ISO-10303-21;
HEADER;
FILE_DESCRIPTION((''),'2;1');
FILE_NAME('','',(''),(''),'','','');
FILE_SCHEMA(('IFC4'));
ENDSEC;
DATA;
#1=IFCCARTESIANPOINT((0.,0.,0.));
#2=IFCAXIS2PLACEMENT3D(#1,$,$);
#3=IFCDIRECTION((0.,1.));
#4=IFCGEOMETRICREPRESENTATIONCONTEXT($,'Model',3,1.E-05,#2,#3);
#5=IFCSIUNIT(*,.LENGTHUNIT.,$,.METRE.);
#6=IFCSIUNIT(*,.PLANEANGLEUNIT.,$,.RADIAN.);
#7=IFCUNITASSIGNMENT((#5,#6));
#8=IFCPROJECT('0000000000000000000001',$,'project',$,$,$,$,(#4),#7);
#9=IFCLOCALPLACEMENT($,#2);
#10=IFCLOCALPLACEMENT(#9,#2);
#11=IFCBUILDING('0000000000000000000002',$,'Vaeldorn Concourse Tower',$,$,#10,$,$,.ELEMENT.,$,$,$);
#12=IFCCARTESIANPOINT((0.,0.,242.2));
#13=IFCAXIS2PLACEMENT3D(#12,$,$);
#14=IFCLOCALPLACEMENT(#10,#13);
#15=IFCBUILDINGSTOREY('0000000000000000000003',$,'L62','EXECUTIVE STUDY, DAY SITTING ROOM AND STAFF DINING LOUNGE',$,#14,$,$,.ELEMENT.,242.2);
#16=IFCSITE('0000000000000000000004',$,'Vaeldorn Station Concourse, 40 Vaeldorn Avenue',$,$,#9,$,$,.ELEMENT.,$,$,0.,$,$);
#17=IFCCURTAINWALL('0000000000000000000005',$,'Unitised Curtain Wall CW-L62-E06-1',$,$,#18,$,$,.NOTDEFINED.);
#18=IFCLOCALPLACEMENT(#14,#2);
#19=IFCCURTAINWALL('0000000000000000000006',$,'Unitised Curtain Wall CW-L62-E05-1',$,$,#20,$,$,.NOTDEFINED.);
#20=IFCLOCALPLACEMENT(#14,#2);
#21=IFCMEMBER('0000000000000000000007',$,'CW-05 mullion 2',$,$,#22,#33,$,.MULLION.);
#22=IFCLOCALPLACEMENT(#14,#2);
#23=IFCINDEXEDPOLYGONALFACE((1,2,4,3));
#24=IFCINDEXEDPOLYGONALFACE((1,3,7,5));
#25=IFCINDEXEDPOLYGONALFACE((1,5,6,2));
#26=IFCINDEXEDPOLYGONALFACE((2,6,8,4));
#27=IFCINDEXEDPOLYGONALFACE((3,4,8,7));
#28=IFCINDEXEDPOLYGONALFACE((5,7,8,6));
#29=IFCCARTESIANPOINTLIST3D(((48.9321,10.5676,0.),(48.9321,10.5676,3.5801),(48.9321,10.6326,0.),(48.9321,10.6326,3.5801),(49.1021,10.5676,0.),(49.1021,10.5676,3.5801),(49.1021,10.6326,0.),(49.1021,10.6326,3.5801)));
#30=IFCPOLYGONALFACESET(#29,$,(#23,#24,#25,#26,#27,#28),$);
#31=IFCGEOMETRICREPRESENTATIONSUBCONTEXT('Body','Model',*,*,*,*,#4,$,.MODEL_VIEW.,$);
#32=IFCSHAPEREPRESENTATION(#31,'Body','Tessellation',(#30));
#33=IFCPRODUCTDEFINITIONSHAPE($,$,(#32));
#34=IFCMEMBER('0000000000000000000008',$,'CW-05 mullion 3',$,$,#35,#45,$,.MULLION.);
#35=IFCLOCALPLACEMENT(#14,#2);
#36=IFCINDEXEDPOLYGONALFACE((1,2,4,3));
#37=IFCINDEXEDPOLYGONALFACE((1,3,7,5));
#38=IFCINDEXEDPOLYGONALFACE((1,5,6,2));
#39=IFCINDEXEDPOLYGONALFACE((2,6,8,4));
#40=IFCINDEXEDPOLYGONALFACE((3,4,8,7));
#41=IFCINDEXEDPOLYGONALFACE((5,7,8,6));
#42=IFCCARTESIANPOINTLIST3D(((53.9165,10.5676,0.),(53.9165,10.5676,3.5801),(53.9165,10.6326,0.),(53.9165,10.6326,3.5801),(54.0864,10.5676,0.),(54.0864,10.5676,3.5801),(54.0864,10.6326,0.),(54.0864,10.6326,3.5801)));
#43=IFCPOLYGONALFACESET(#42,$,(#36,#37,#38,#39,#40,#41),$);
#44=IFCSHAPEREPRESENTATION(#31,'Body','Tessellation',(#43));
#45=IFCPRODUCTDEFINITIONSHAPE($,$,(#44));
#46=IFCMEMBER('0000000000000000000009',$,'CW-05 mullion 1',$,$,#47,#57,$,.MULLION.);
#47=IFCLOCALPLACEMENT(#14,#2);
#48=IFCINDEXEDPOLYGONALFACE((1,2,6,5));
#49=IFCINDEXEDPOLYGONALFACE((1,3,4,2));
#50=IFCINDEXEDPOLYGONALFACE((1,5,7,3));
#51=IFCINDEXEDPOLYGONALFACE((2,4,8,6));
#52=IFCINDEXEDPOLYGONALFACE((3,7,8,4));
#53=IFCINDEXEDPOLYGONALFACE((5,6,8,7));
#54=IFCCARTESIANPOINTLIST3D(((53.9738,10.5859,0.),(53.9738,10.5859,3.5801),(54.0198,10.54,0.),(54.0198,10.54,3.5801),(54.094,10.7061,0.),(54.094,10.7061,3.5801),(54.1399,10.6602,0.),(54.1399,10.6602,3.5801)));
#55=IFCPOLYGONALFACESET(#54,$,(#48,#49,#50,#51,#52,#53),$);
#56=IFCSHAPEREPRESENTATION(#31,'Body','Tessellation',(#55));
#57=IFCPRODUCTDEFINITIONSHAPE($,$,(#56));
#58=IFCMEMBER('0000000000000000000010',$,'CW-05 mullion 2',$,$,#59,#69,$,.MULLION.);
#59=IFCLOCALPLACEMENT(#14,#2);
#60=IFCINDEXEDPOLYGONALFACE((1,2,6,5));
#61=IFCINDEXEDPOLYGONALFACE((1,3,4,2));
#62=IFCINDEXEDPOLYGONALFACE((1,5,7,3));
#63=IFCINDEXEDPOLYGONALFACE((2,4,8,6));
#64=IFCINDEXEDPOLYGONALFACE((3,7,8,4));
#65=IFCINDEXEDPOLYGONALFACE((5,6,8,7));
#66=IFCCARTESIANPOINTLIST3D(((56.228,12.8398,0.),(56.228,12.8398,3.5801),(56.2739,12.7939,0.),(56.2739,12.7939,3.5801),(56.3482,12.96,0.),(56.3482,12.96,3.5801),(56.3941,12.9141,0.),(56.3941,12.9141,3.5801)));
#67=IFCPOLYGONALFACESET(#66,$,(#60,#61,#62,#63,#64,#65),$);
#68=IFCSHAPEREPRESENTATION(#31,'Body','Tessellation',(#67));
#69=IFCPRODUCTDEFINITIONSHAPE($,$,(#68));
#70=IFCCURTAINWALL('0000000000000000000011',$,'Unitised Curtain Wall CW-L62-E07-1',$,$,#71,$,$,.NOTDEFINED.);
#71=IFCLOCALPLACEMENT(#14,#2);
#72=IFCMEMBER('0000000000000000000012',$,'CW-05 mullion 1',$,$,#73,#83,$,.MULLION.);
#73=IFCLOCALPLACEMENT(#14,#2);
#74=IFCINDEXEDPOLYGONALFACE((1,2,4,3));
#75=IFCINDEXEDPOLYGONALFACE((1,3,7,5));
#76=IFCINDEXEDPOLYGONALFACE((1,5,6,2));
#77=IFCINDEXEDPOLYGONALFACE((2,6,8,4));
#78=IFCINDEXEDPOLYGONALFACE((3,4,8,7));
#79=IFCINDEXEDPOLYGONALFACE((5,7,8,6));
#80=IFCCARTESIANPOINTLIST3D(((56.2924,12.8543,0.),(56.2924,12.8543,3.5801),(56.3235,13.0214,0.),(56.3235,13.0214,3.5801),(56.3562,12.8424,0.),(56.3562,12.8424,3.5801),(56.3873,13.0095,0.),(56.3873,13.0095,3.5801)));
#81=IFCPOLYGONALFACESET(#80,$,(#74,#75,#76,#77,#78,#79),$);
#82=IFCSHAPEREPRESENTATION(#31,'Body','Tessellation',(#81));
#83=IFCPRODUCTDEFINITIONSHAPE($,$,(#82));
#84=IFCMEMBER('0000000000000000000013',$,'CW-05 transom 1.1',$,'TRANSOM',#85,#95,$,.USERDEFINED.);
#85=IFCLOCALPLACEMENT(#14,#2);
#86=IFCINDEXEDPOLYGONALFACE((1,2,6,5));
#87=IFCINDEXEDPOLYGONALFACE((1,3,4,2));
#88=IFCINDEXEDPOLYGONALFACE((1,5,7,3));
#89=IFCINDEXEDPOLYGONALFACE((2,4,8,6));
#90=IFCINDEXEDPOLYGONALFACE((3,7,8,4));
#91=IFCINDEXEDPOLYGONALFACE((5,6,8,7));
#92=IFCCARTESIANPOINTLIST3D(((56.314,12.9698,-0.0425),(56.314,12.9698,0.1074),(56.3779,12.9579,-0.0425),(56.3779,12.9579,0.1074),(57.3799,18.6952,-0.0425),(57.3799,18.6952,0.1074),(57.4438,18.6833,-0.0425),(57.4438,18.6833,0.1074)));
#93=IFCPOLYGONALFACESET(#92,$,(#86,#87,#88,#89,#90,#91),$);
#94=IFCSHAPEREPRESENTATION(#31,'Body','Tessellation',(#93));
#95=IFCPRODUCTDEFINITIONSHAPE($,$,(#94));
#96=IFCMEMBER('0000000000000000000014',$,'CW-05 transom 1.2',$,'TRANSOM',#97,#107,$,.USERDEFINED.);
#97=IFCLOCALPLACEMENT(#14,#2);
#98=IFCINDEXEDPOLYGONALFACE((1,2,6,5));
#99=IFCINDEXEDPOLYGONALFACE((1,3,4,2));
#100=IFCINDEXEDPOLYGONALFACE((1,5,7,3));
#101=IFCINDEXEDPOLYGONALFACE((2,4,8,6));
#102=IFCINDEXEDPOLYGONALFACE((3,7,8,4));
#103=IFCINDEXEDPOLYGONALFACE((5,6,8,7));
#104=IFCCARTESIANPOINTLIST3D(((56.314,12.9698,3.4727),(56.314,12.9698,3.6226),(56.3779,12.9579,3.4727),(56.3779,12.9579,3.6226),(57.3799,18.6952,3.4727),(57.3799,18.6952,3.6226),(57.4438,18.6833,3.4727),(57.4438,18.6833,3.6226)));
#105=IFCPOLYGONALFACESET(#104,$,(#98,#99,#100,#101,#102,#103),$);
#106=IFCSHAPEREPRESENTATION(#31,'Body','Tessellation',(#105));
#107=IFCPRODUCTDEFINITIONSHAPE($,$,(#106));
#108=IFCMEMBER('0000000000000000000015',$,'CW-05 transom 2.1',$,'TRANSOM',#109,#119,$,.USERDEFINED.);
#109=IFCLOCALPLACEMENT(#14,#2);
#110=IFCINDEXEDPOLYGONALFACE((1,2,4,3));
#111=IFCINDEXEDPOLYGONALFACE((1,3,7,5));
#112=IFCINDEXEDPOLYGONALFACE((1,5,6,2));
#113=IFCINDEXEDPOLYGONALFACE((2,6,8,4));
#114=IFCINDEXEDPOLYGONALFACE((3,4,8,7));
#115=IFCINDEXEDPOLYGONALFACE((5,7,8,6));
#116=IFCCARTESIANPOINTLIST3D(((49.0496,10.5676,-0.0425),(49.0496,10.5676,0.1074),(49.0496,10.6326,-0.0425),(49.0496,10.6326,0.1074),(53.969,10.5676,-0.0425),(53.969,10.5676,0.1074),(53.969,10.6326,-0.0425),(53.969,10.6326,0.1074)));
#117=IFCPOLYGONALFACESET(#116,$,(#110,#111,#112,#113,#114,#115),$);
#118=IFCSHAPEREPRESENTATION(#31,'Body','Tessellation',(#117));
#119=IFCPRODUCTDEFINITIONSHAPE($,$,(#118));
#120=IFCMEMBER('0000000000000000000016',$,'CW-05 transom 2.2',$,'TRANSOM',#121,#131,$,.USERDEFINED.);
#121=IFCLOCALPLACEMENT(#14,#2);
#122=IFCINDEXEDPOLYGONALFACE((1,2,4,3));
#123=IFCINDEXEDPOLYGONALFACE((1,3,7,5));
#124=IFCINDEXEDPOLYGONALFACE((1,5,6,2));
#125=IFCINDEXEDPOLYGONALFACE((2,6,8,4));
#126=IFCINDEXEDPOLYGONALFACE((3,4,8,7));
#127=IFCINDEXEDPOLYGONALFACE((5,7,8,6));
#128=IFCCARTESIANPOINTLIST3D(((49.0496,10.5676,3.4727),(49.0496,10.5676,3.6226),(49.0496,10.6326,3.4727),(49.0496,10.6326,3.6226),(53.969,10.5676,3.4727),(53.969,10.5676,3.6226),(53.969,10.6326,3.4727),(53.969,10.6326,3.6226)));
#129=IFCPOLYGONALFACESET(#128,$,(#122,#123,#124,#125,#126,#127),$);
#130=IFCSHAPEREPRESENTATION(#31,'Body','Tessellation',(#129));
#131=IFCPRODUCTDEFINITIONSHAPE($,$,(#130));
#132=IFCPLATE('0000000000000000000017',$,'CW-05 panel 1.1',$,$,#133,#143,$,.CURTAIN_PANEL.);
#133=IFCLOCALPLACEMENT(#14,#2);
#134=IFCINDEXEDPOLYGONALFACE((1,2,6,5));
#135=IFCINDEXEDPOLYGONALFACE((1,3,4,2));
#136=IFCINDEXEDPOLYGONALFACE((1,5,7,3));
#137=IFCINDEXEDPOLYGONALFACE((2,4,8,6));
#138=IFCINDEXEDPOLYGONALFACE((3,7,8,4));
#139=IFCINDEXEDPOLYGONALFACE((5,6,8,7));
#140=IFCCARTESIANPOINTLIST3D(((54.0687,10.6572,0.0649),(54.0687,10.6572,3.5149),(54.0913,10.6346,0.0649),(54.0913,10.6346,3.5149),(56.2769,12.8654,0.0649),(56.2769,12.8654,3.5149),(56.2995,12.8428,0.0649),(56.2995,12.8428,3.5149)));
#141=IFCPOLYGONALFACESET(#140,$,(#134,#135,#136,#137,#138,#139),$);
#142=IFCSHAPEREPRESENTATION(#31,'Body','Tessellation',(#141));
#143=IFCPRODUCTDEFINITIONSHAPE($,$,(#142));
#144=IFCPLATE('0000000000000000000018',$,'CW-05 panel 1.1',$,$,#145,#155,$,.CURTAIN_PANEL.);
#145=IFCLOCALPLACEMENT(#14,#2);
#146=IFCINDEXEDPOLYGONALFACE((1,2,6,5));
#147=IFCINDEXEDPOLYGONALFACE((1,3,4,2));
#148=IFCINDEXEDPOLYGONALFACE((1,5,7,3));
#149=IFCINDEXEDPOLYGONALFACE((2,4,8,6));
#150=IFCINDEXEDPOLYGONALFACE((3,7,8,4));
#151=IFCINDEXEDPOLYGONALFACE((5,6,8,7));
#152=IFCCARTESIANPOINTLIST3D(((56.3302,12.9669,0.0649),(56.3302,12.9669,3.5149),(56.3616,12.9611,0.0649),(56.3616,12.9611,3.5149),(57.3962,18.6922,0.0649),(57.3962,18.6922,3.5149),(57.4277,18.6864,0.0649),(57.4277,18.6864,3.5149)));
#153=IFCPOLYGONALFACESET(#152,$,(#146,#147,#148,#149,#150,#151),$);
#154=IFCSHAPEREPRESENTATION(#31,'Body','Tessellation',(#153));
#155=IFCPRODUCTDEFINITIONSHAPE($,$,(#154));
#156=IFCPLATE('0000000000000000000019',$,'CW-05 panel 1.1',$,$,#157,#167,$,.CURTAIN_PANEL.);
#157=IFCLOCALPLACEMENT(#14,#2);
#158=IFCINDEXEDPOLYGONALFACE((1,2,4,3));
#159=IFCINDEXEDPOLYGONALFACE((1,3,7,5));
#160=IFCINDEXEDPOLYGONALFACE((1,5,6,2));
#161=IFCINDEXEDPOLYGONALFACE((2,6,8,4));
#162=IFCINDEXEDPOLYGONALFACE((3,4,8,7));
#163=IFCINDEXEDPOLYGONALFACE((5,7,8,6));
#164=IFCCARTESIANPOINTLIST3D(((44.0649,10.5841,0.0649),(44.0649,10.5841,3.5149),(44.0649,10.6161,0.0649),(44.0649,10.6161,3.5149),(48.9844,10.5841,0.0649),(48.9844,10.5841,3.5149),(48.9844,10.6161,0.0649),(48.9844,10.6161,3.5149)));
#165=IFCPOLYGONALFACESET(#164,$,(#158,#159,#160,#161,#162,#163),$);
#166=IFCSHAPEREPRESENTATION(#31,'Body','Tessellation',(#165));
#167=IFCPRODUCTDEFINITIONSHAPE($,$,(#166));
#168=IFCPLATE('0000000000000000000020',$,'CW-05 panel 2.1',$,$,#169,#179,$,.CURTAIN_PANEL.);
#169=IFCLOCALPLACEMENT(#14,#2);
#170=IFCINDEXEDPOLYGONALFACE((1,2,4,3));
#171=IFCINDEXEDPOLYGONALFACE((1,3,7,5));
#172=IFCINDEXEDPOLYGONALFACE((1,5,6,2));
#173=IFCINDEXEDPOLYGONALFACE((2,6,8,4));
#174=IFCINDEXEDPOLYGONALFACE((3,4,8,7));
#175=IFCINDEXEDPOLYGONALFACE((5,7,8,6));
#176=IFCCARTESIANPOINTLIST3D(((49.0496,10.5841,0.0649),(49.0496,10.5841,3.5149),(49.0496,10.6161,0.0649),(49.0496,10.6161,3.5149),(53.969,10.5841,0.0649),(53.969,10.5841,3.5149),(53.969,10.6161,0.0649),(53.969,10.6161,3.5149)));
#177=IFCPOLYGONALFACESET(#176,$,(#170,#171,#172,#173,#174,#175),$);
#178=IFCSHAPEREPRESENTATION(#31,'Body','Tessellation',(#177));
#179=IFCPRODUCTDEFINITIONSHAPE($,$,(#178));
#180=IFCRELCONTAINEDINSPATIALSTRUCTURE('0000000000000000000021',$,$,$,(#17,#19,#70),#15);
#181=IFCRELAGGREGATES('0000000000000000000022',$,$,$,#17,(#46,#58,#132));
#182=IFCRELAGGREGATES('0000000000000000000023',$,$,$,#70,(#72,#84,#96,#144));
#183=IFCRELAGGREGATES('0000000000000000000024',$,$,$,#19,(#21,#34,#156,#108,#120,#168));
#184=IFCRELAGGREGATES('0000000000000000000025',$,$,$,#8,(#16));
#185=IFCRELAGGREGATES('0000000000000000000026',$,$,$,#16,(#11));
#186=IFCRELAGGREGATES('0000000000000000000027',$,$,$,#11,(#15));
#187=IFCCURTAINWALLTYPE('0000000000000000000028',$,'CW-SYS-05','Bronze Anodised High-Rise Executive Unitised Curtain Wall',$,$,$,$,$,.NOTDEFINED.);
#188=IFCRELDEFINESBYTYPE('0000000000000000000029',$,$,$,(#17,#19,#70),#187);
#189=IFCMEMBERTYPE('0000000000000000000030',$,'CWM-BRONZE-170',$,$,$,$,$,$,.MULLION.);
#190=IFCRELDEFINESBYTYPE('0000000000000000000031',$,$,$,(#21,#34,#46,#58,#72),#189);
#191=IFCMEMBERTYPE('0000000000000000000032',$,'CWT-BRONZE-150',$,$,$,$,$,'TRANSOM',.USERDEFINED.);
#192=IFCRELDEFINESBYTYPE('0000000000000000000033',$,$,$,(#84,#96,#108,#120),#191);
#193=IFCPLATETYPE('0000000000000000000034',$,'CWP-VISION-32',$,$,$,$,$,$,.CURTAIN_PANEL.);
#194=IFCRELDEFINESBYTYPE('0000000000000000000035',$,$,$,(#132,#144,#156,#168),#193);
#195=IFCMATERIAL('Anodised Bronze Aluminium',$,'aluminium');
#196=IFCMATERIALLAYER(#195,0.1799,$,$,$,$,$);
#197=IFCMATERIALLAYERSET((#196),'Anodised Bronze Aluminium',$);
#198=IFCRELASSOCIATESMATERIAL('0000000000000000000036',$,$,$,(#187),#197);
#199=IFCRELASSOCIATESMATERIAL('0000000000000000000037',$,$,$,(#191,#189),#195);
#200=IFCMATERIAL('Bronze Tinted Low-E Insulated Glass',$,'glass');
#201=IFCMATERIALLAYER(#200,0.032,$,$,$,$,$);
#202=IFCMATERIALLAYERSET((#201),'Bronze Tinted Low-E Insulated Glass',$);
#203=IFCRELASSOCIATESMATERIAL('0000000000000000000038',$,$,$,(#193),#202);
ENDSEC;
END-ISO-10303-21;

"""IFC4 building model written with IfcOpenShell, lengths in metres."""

from ifc_helpers import new_model, si_unit, direction, frame, origin, origin_2d, place, context, subcontext, project, spatial, rectangle, extrude, source, transform, mapped, material, layer, layer_set, material_profile, profile_set, type_object, element, aggregate, save


model = new_model("IFC4")

# Units and contexts
model_context = context("Model", 3, precision=1e-05, world=origin(), true_north=direction((0.0, 1.0)))
body_context = subcontext(model_context, "Body", "Model", "MODEL_VIEW")
ifc_project = project(units=[si_unit("LENGTHUNIT", "METRE"), si_unit("PLANEANGLEUNIT", "RADIAN")], contexts=[model_context])

# Site, building, storey
site_placement = place(None, origin())
site = spatial("IfcSite", under=ifc_project, at=site_placement, Name="Vaeldorn Station Concourse, 40 Vaeldorn Avenue", CompositionType="ELEMENT", RefElevation=0.0)
building_placement = place(site_placement, origin())
building = spatial("IfcBuilding", under=site, at=building_placement, Name="Vaeldorn Concourse Tower", CompositionType="ELEMENT")
storey_placement = place(building_placement, frame((0.0, 0.0, 242.2)))
storey = spatial("IfcBuildingStorey", under=building, at=storey_placement, Name="L62", Description="EXECUTIVE STUDY, DAY SITTING ROOM AND STAFF DINING LOUNGE", CompositionType="ELEMENT", Elevation=242.2)

# Curtain walls, members
ifc_material_1 = material(Name="Anodised Bronze Aluminium", Category="aluminium")
ifc_layer_1 = layer(ifc_material_1, 0.1799)
ifc_layer_set_1 = layer_set([ifc_layer_1], Name="Anodised Bronze Aluminium")
curtain_wall_type = type_object("IfcCurtainWallType", Name="CW-SYS-05", Description="Bronze Anodised High-Rise Executive Unitised Curtain Wall", PredefinedType="NOTDEFINED", material=ifc_layer_set_1)
curtain_wall_1_placement = place(storey_placement, origin())
curtain_wall_1 = element("IfcCurtainWall", 1, at=curtain_wall_1_placement, inside=storey, type_object=curtain_wall_type, Name="Unitised Curtain Wall CW-L62-E06-1", PredefinedType="NOTDEFINED")
ifc_material_profile_1 = material_profile(ifc_material_1, rectangle(XDim=0.0649, YDim=0.1499, at=origin_2d()), Name="CWT 65x150")
ifc_profile_set_1 = profile_set([ifc_material_profile_1], Name="Anodised Bronze Aluminium")
member_type_1 = type_object("IfcMemberType", Name="CWT-BRONZE-150", ElementType="TRANSOM", PredefinedType="USERDEFINED", material=ifc_profile_set_1)
curtain_wall_2_placement = place(storey_placement, origin())
curtain_wall_2 = element("IfcCurtainWall", 2, at=curtain_wall_2_placement, inside=storey, type_object=curtain_wall_type, Name="Unitised Curtain Wall CW-L62-E05-1", PredefinedType="NOTDEFINED")
ifc_material_profile_2 = material_profile(ifc_material_1, rectangle(XDim=0.0649, YDim=0.1699, at=origin_2d()), Name="CWM 65x170")
ifc_profile_set_2 = profile_set([ifc_material_profile_2], Name="Anodised Bronze Aluminium")
member_type_2 = type_object("IfcMemberType", Name="CWM-BRONZE-170", PredefinedType="MULLION", material=ifc_profile_set_2)
shared_shape_1 = source(origin(), body_context, "Body", "SweptSolid", [
    extrude(rectangle(XDim=0.0649, YDim=0.1699, at=origin_2d()), origin(), (0.0, 0.0, 1.0), 3.5801),
])
member_1_placement = place(storey_placement, frame((49.0171, 10.6001, 0.0), z_axis=(0.0, 0.0, 1.0), x_axis=(0.0, 1.0, 0.0)))
member_1 = element("IfcMember", 3, at=member_1_placement, type_object=member_type_2, Name="CW-05 mullion 2", PredefinedType="MULLION", context=body_context, shape_type="MappedRepresentation", body=[
    mapped(shared_shape_1, transform((0.0, 0.0, 0.0), scale=1.0)),
])
member_2_placement = place(storey_placement, frame((54.0015, 10.6001, 0.0), z_axis=(0.0, 0.0, 1.0), x_axis=(0.0, 1.0, 0.0)))
member_2 = element("IfcMember", 4, at=member_2_placement, type_object=member_type_2, Name="CW-05 mullion 3", PredefinedType="MULLION", context=body_context, shape_type="MappedRepresentation", body=[
    mapped(shared_shape_1, transform((0.0, 0.0, 0.0), scale=1.0)),
])

# Members
member_3_placement = place(storey_placement, frame((54.0569, 10.623, 0.0), z_axis=(0.0, 0.0, 1.0), x_axis=(-0.707107, 0.707107, 0.0)))
member_3 = element("IfcMember", 5, at=member_3_placement, type_object=member_type_2, Name="CW-05 mullion 1", PredefinedType="MULLION", context=body_context, shape_type="MappedRepresentation", body=[
    mapped(shared_shape_1, transform((0.0, 0.0, 0.0), scale=1.0)),
])
member_4_placement = place(storey_placement, frame((56.311, 12.877, 0.0), z_axis=(0.0, 0.0, 1.0), x_axis=(-0.707107, 0.707107, 0.0)))
member_4 = element("IfcMember", 6, at=member_4_placement, type_object=member_type_2, Name="CW-05 mullion 2", PredefinedType="MULLION", context=body_context, shape_type="MappedRepresentation", body=[
    mapped(shared_shape_1, transform((0.0, 0.0, 0.0), scale=1.0)),
])

# Curtain wall, members
curtain_wall_3_placement = place(storey_placement, origin())
curtain_wall_3 = element("IfcCurtainWall", 7, at=curtain_wall_3_placement, inside=storey, type_object=curtain_wall_type, Name="Unitised Curtain Wall CW-L62-E07-1", PredefinedType="NOTDEFINED")
member_5_placement = place(storey_placement, frame((56.3398, 12.9319, 0.0), z_axis=(0.0, 0.0, 1.0), x_axis=(-0.983103, 0.183055, 0.0)))
member_5 = element("IfcMember", 8, at=member_5_placement, type_object=member_type_2, Name="CW-05 mullion 1", PredefinedType="MULLION", context=body_context, shape_type="MappedRepresentation", body=[
    mapped(shared_shape_1, transform((0.0, 0.0, 0.0), scale=1.0)),
])
shared_shape_2 = source(origin(), body_context, "Body", "SweptSolid", [
    extrude(rectangle(XDim=0.0649, YDim=0.1499, at=origin_2d()), origin(), (0.0, 0.0, 1.0), 5.8237),
])
member_6_placement = place(storey_placement, frame((56.3459, 12.9639, 0.0325), z_axis=(0.18303, 0.983107, 0.0), x_axis=(-0.983107, 0.18303, 0.0)))
member_6 = element("IfcMember", 9, at=member_6_placement, type_object=member_type_1, Name="CW-05 transom 1.1", ObjectType="TRANSOM", PredefinedType="USERDEFINED", context=body_context, shape_type="MappedRepresentation", body=[
    mapped(shared_shape_2, transform((0.0, 0.0, 0.0), scale=1.0)),
])
member_7_placement = place(storey_placement, frame((56.3459, 12.9639, 3.5476), z_axis=(0.18303, 0.983107, 0.0), x_axis=(-0.983107, 0.18303, 0.0)))
member_7 = element("IfcMember", 10, at=member_7_placement, type_object=member_type_1, Name="CW-05 transom 1.2", ObjectType="TRANSOM", PredefinedType="USERDEFINED", context=body_context, shape_type="MappedRepresentation", body=[
    mapped(shared_shape_2, transform((0.0, 0.0, 0.0), scale=1.0)),
])

# Members
shared_shape_3 = source(origin(), body_context, "Body", "SweptSolid", [
    extrude(rectangle(XDim=0.0649, YDim=0.1499, at=origin_2d()), origin(), (0.0, 0.0, 1.0), 4.9194),
])
member_8_placement = place(storey_placement, frame((49.0496, 10.6001, 0.0325), z_axis=(1.0, 0.0, 0.0), x_axis=(0.0, 1.0, 0.0)))
member_8 = element("IfcMember", 11, at=member_8_placement, type_object=member_type_1, Name="CW-05 transom 2.1", ObjectType="TRANSOM", PredefinedType="USERDEFINED", context=body_context, shape_type="MappedRepresentation", body=[
    mapped(shared_shape_3, transform((0.0, 0.0, 0.0), scale=1.0)),
])
member_9_placement = place(storey_placement, frame((49.0496, 10.6001, 3.5476), z_axis=(1.0, 0.0, 0.0), x_axis=(0.0, 1.0, 0.0)))
member_9 = element("IfcMember", 12, at=member_9_placement, type_object=member_type_1, Name="CW-05 transom 2.2", ObjectType="TRANSOM", PredefinedType="USERDEFINED", context=body_context, shape_type="MappedRepresentation", body=[
    mapped(shared_shape_3, transform((0.0, 0.0, 0.0), scale=1.0)),
])

# Plates
ifc_material_2 = material(Name="Bronze Tinted Low-E Insulated Glass", Category="glass")
ifc_layer_2 = layer(ifc_material_2, 0.032)
ifc_layer_set_2 = layer_set([ifc_layer_2], Name="Bronze Tinted Low-E Insulated Glass")
plate_type = type_object("IfcPlateType", Name="CWP-VISION-32", PredefinedType="CURTAIN_PANEL", material=ifc_layer_set_2)
shared_shape_4 = source(origin(), body_context, "Body", "SweptSolid", [
    extrude(rectangle(XDim=3.1228, YDim=0.032, at=origin_2d()), origin(), (0.0, 0.0, 1.0), 3.45),
])
plate_1_placement = place(storey_placement, frame((55.1841, 11.75, 0.0649), z_axis=(0.0, 0.0, 1.0), x_axis=(0.707107, 0.707107, 0.0)))
plate_1 = element("IfcPlate", 13, at=plate_1_placement, type_object=plate_type, Name="CW-05 panel 1.1", PredefinedType="CURTAIN_PANEL", context=body_context, shape_type="MappedRepresentation", body=[
    mapped(shared_shape_4, transform((0.0, 0.0, 0.0), scale=1.0)),
])
aggregate(curtain_wall_1, [member_3, member_4, plate_1])
shared_shape_5 = source(origin(), body_context, "Body", "SweptSolid", [
    extrude(rectangle(XDim=5.8237, YDim=0.032, at=origin_2d()), origin(), (0.0, 0.0, 1.0), 3.45),
])
plate_2_placement = place(storey_placement, frame((56.8789, 15.8267, 0.0649), z_axis=(0.0, 0.0, 1.0), x_axis=(0.183055, 0.983103, 0.0)))
plate_2 = element("IfcPlate", 14, at=plate_2_placement, type_object=plate_type, Name="CW-05 panel 1.1", PredefinedType="CURTAIN_PANEL", context=body_context, shape_type="MappedRepresentation", body=[
    mapped(shared_shape_5, transform((0.0, 0.0, 0.0), scale=1.0)),
])
aggregate(curtain_wall_3, [member_5, member_6, member_7, plate_2])
shared_shape_6 = source(origin(), body_context, "Body", "SweptSolid", [
    extrude(rectangle(XDim=4.9194, YDim=0.032, at=origin_2d()), origin(), (0.0, 0.0, 1.0), 3.45),
])
plate_3_placement = place(storey_placement, frame((46.5247, 10.6001, 0.0649), z_axis=(0.0, 0.0, 1.0), x_axis=(1.0, 0.0, 0.0)))
plate_3 = element("IfcPlate", 15, at=plate_3_placement, type_object=plate_type, Name="CW-05 panel 1.1", PredefinedType="CURTAIN_PANEL", context=body_context, shape_type="MappedRepresentation", body=[
    mapped(shared_shape_6, transform((0.0, 0.0, 0.0), scale=1.0)),
])
plate_4_placement = place(storey_placement, frame((51.5093, 10.6001, 0.0649), z_axis=(0.0, 0.0, 1.0), x_axis=(1.0, 0.0, 0.0)))
plate_4 = element("IfcPlate", 16, at=plate_4_placement, type_object=plate_type, Name="CW-05 panel 2.1", PredefinedType="CURTAIN_PANEL", context=body_context, shape_type="MappedRepresentation", body=[
    mapped(shared_shape_6, transform((0.0, 0.0, 0.0), scale=1.0)),
])
aggregate(curtain_wall_2, [member_1, member_2, plate_3, member_8, member_9, plate_4])

save(model, "model.ifc")
